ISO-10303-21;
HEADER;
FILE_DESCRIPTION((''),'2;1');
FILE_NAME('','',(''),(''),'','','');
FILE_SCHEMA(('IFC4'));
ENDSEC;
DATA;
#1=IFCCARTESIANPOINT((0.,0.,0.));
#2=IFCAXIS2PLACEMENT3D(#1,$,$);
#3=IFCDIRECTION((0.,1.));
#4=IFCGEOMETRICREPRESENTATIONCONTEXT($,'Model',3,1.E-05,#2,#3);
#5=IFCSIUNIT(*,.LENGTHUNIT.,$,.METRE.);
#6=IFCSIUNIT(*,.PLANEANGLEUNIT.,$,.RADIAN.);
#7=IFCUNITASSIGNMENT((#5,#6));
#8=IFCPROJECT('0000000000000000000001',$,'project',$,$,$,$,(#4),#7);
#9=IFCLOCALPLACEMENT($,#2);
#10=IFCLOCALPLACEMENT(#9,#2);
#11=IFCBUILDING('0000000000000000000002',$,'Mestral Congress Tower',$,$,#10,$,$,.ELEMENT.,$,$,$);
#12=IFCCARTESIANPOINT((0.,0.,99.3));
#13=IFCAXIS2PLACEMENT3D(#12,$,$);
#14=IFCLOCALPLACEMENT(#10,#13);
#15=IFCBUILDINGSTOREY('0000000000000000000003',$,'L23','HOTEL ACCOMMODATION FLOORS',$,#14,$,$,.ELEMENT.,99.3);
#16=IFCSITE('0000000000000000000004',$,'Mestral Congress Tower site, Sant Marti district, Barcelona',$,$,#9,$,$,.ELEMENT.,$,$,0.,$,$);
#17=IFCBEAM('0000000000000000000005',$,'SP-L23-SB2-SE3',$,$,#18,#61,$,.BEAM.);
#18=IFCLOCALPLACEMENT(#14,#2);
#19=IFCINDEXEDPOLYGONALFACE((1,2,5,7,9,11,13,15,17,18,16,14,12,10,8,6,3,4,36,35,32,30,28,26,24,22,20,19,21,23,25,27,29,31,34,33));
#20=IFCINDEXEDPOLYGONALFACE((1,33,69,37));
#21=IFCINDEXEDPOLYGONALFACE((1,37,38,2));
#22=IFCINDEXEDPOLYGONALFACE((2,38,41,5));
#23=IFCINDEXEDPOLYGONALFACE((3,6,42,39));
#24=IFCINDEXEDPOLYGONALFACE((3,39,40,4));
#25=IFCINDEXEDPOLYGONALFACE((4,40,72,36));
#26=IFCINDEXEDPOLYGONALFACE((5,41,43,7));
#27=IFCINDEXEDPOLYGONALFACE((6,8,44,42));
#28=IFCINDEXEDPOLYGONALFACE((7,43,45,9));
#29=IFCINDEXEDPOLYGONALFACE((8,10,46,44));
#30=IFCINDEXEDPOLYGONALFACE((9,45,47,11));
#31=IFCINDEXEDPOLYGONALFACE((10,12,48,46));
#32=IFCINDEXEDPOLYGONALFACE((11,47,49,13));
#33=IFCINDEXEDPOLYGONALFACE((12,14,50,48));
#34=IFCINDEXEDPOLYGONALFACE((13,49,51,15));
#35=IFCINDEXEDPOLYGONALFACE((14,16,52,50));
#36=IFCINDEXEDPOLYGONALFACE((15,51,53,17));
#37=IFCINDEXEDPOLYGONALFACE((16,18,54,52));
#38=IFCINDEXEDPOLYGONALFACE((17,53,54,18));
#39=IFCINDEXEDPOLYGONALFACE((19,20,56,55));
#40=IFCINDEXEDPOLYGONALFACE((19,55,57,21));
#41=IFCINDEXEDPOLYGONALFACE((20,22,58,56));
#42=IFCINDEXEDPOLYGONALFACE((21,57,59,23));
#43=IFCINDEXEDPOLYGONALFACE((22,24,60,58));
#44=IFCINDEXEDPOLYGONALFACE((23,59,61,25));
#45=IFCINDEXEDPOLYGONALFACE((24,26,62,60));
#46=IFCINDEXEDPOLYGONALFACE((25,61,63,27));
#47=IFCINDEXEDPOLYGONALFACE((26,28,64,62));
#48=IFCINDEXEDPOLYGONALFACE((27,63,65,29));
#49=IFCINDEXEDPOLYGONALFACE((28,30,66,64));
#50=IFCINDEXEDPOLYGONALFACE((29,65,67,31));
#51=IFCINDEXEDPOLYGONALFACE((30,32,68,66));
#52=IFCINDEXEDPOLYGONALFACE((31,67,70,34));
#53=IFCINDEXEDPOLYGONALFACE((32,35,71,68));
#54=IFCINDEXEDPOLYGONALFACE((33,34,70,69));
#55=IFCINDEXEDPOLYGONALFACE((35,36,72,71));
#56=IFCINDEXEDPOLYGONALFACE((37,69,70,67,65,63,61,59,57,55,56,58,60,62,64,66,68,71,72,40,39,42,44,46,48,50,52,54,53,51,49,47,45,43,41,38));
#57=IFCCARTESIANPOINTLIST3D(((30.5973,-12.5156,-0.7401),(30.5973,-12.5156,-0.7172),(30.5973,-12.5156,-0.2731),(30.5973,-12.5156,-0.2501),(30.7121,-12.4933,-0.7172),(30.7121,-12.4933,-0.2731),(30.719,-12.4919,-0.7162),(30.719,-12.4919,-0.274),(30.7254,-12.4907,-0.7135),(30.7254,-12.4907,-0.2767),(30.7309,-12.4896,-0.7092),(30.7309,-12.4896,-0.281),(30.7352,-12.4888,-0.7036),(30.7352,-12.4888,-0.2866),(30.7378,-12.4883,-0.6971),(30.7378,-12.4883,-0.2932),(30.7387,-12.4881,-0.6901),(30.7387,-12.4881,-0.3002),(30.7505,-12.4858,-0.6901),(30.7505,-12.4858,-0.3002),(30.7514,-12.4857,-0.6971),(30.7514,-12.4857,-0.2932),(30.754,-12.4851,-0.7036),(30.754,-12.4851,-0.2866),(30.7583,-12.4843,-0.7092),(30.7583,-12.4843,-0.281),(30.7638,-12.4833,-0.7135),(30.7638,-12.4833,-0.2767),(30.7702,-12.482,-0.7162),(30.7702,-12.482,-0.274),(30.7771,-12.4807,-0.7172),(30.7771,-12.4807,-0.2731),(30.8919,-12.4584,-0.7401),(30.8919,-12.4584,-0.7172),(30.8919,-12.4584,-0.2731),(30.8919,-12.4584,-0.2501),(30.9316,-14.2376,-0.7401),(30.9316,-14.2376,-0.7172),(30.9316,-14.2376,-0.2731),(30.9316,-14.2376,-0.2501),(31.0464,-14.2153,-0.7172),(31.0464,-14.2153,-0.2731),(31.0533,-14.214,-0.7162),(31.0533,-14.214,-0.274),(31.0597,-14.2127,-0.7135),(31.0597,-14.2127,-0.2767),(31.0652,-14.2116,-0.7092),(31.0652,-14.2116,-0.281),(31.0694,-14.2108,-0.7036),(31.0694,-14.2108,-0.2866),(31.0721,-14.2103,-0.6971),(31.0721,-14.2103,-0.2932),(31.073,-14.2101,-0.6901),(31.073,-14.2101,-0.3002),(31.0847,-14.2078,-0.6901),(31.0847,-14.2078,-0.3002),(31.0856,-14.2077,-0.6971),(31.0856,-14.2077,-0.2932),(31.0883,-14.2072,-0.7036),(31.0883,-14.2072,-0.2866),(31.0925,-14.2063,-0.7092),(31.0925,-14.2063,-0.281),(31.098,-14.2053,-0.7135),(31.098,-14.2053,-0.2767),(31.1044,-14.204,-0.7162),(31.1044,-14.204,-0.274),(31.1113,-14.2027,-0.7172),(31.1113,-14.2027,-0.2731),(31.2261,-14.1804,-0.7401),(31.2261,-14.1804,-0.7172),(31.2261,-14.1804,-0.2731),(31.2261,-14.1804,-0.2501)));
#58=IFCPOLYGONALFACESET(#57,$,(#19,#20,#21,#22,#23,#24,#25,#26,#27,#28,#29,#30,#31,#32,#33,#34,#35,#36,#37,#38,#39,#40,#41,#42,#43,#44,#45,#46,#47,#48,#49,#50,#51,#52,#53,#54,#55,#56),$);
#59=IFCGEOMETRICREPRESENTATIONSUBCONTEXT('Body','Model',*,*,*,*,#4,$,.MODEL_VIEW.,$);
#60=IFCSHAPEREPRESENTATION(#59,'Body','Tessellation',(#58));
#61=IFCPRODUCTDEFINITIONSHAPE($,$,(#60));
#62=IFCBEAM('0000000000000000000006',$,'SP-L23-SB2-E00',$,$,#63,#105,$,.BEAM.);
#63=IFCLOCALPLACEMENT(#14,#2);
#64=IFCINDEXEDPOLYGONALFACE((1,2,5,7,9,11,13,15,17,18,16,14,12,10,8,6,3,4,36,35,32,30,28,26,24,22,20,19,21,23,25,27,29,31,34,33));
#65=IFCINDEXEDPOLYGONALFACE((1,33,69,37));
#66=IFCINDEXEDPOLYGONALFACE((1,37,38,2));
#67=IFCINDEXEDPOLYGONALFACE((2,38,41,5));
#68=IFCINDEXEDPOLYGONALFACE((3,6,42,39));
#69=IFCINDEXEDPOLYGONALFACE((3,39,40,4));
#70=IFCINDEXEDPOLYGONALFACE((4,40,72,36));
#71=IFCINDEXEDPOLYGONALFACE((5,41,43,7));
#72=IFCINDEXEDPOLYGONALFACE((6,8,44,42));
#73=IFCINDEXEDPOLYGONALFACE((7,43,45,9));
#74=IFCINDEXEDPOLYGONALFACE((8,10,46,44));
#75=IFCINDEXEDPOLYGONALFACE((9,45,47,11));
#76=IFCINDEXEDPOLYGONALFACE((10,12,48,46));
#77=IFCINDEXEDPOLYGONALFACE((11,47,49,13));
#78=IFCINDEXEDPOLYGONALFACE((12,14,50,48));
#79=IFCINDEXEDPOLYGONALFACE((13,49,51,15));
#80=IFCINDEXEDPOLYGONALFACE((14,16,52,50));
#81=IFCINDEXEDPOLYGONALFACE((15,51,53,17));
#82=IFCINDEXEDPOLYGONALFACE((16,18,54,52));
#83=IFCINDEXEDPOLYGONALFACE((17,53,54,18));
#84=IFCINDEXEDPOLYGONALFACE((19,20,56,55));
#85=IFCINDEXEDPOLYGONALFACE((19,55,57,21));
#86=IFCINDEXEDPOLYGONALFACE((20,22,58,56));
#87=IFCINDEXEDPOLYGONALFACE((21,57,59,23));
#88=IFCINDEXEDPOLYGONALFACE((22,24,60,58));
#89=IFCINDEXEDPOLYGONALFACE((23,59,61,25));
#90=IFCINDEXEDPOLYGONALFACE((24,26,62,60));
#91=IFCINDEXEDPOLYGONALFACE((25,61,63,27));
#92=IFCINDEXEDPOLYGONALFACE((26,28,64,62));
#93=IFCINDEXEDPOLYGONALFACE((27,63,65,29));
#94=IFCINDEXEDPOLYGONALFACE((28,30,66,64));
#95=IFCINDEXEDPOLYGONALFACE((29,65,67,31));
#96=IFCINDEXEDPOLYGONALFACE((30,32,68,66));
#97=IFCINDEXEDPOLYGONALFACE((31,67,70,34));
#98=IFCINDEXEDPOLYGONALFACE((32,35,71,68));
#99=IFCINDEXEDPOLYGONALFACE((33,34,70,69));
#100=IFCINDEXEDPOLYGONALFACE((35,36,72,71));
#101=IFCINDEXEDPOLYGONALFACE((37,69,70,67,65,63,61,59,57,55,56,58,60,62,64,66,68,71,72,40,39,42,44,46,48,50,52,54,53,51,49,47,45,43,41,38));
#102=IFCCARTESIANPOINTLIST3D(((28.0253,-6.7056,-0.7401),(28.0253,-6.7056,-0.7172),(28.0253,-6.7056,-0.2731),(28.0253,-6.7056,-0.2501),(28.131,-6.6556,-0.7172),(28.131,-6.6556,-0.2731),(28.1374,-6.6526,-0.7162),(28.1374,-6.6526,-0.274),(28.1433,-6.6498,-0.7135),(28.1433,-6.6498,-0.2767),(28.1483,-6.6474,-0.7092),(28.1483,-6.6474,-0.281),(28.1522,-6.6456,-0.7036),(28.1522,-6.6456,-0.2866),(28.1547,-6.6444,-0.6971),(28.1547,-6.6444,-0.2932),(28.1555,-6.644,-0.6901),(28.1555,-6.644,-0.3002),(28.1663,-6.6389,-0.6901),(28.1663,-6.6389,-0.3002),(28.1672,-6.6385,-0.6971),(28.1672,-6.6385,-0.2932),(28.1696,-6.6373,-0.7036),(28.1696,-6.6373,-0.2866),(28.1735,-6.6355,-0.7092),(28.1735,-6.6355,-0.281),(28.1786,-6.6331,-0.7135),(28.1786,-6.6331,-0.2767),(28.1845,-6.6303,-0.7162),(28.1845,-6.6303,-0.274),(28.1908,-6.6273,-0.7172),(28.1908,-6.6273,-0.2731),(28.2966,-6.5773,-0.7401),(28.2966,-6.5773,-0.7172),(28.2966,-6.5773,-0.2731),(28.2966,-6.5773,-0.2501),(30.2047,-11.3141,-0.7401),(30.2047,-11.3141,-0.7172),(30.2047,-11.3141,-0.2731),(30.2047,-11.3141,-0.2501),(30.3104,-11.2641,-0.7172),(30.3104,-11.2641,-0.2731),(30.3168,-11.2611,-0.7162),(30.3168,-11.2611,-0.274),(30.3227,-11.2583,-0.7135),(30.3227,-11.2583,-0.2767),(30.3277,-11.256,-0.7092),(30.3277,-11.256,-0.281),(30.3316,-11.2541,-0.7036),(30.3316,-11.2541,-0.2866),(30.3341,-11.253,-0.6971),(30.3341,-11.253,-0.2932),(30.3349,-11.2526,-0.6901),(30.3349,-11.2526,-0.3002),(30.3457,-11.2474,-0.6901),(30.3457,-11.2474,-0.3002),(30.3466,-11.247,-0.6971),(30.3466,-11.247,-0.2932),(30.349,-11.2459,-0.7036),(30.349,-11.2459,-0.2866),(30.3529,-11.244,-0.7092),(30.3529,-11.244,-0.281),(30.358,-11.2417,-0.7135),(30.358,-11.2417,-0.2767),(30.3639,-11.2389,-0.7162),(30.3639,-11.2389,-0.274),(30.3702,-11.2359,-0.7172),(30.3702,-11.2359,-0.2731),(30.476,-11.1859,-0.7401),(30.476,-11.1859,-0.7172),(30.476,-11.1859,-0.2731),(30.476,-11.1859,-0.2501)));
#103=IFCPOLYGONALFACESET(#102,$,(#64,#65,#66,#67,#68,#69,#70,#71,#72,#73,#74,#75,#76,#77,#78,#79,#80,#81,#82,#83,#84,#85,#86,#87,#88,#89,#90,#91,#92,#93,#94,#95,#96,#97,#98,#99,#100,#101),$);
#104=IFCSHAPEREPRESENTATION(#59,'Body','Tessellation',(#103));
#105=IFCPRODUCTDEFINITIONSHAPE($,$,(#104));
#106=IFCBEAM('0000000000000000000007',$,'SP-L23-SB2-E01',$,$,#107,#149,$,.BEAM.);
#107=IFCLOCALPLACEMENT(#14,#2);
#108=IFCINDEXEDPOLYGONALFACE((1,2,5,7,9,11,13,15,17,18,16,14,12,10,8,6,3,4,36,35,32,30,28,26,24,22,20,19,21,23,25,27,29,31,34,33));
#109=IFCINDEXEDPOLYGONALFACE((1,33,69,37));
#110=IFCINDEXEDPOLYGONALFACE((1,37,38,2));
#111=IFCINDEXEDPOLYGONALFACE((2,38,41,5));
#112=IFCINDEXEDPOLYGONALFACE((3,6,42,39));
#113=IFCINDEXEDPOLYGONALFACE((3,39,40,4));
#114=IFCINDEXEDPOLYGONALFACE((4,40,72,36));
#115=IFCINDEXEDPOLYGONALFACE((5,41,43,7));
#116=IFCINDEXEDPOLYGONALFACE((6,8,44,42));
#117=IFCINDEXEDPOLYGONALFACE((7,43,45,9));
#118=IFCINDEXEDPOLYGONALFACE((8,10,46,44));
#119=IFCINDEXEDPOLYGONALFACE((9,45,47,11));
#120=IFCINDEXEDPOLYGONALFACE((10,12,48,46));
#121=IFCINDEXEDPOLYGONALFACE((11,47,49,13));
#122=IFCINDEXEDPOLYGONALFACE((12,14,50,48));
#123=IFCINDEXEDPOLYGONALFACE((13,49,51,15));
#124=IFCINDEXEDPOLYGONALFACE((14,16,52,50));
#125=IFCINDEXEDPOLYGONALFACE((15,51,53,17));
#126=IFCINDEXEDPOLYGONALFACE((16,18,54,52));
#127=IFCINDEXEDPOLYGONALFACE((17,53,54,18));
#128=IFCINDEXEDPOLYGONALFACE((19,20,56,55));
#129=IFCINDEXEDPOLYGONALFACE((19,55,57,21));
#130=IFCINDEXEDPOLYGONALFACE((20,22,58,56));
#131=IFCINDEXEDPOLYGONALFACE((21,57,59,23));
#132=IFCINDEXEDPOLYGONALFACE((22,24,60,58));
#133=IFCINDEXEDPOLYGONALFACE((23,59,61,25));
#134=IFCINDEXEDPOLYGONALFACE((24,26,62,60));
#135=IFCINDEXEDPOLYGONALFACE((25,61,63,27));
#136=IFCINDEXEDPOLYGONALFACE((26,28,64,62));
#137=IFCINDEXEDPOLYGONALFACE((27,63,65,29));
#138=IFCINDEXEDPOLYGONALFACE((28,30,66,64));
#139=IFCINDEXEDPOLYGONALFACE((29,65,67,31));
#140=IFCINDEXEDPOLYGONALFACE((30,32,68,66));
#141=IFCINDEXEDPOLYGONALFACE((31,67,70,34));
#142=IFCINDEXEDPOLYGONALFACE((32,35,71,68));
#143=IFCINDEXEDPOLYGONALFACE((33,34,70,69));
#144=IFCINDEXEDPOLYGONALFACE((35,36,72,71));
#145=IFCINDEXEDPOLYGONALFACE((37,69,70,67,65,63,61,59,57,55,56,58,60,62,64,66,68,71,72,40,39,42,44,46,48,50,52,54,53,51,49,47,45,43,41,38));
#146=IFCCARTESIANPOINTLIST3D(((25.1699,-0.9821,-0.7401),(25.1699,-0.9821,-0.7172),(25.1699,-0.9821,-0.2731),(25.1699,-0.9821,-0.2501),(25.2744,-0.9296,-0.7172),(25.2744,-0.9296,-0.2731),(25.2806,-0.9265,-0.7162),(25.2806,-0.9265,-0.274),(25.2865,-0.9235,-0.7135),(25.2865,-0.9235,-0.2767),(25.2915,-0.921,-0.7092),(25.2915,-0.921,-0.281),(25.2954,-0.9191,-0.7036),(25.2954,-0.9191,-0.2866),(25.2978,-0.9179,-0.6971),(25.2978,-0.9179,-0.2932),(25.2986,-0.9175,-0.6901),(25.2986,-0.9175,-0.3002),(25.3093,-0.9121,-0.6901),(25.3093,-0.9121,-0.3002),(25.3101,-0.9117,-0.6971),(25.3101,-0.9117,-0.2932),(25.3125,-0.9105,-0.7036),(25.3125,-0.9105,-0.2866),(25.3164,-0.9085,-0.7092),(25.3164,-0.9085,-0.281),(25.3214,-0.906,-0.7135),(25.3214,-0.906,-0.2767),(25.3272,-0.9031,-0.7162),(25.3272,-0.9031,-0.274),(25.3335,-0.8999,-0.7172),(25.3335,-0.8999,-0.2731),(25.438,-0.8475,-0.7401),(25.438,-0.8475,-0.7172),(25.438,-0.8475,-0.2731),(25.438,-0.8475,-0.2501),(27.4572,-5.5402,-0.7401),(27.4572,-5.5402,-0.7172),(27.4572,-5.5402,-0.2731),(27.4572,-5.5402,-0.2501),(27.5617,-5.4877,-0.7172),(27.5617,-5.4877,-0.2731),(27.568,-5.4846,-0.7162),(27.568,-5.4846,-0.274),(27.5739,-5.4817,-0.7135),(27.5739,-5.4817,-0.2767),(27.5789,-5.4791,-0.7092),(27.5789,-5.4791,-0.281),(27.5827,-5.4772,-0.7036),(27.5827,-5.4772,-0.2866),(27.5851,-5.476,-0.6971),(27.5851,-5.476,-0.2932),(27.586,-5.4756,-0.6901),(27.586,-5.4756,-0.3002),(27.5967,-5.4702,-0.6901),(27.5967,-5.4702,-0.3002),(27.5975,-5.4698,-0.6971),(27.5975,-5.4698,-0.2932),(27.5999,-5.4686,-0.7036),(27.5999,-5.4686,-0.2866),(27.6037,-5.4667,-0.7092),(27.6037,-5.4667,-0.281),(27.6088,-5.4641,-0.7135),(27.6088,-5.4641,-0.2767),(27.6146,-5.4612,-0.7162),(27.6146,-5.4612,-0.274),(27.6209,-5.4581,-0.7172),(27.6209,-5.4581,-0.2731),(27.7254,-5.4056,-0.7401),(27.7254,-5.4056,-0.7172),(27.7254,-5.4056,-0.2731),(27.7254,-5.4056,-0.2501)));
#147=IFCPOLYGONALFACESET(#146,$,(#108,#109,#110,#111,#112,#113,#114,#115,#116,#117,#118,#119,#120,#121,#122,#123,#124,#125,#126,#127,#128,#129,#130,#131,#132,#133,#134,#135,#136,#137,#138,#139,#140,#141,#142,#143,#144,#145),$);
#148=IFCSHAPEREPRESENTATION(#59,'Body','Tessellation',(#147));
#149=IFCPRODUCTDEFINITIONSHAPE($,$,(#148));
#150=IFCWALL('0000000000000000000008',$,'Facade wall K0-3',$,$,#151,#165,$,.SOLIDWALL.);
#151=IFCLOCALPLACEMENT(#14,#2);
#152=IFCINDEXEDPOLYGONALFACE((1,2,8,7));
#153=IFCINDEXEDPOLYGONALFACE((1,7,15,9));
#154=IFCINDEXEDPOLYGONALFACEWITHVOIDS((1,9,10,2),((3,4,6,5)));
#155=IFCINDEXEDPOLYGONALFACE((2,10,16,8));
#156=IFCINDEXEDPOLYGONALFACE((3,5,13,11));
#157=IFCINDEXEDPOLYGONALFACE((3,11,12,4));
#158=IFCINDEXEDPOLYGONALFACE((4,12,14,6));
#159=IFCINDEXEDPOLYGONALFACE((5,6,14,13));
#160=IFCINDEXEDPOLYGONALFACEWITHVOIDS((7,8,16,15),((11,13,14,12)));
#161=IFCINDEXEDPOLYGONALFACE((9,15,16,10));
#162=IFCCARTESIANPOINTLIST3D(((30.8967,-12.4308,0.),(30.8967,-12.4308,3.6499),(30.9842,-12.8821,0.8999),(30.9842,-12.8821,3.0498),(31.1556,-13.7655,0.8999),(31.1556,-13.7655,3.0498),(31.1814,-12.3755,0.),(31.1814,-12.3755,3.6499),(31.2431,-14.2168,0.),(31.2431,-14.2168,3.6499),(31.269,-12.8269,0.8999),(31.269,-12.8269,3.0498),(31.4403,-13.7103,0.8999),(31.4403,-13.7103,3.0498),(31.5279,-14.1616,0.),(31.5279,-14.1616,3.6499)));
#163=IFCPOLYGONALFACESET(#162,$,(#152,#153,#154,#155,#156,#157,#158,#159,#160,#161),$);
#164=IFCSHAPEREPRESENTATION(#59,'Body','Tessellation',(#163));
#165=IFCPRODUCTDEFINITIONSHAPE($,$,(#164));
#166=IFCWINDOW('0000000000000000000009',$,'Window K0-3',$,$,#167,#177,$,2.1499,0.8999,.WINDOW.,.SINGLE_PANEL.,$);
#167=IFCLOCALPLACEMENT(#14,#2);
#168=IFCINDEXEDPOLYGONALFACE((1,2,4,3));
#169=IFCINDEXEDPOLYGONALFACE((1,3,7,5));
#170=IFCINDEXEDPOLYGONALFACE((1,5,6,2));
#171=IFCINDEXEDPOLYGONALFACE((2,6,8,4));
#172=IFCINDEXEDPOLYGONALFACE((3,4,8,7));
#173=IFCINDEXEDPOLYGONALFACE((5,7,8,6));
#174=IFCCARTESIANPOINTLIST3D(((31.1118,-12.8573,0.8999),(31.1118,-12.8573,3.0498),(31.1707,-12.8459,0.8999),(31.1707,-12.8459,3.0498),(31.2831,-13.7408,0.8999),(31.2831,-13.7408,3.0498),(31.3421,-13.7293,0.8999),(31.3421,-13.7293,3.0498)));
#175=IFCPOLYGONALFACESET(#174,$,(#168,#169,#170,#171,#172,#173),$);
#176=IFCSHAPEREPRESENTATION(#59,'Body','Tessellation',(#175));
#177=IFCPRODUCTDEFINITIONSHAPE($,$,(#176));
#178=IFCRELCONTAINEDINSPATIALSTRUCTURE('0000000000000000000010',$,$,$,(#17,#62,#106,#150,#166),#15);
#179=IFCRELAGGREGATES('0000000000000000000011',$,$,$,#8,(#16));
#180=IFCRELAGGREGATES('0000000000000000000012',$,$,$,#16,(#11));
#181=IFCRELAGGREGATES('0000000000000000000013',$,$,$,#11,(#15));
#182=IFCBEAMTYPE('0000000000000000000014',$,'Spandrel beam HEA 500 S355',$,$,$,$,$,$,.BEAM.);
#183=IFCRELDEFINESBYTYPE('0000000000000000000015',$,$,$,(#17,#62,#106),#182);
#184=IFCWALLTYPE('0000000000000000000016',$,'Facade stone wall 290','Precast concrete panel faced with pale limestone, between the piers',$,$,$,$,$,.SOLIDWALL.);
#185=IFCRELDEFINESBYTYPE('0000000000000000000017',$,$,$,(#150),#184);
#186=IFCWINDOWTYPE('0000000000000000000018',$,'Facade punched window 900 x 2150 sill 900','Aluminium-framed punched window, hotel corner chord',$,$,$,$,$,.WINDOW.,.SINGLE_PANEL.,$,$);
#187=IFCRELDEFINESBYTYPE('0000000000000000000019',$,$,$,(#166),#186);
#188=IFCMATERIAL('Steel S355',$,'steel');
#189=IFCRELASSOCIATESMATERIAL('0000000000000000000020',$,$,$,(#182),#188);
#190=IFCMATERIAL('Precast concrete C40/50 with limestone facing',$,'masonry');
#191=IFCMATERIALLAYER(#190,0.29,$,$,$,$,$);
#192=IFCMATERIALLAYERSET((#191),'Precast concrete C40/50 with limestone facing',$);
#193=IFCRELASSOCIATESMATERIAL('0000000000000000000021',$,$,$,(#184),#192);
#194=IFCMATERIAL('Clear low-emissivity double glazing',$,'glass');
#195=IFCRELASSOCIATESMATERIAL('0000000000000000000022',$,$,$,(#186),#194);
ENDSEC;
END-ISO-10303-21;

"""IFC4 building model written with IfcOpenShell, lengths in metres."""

from ifc_helpers import new_model, si_unit, direction, frame, frame_2d, origin, origin_2d, place, context, subcontext, project, spatial, rectangle, i_section, extrude, material, layer, layer_set, material_profile, profile_set, type_object, element, fill, save


model = new_model("IFC4")

# Units and contexts
model_context = context("Model", 3, precision=1e-05, world=origin(), true_north=direction((0.0, 1.0)))
body_context = subcontext(model_context, "Body", "Model", "MODEL_VIEW")
ifc_project = project(units=[si_unit("LENGTHUNIT", "METRE"), si_unit("PLANEANGLEUNIT", "RADIAN")], contexts=[model_context])

# Site, building, storey
site_placement = place(None, origin())
site = spatial("IfcSite", under=ifc_project, at=site_placement, Name="Mestral Congress Tower site, Sant Marti district, Barcelona", CompositionType="ELEMENT", RefElevation=0.0)
building_placement = place(site_placement, origin())
building = spatial("IfcBuilding", under=site, at=building_placement, Name="Mestral Congress Tower", CompositionType="ELEMENT")
storey_placement = place(building_placement, frame((0.0, 0.0, 99.3)))
storey = spatial("IfcBuildingStorey", under=building, at=storey_placement, Name="L23", Description="HOTEL ACCOMMODATION FLOORS", CompositionType="ELEMENT", Elevation=99.3)

# Beams
ifc_material_1 = material(Name="Steel S355", Category="steel")
ifc_material_profile_1 = material_profile(ifc_material_1, i_section(OverallWidth=0.3, OverallDepth=0.49, WebThickness=0.012, FlangeThickness=0.0229, FilletRadius=0.0271, at=origin_2d()), Name="HEA 500")
ifc_profile_set_1 = profile_set([ifc_material_profile_1], Name="Steel S355")
beam_type_1 = type_object("IfcBeamType", Name="Spandrel beam HEA 500 S355", PredefinedType="BEAM", material=ifc_profile_set_1)
beam_1_placement = place(storey_placement, frame((31.0789, -14.209, -0.4951), z_axis=(-0.190546, 0.981678, 0.0), x_axis=(-0.981678, -0.190546, 0.0)))
element("IfcBeam", 1, at=beam_1_placement, inside=storey, type_object=beam_type_1, Name="SP-L23-SB2-SE3", PredefinedType="BEAM", context=body_context, shape_type="SweptSolid", body=[
    extrude(i_section(OverallWidth=0.3, OverallDepth=0.49, WebThickness=0.012, FlangeThickness=0.0229, FilletRadius=0.0271, at=origin_2d()), origin(), (0.0, 0.0, 1.0), 1.7542),
])
beam_2_placement = place(storey_placement, frame((30.3403, -11.25, -0.4951), z_axis=(-0.42751, 0.904011, 0.0), x_axis=(-0.904011, -0.42751, 0.0)))
element("IfcBeam", 2, at=beam_2_placement, inside=storey, type_object=beam_type_1, Name="SP-L23-SB2-E00", PredefinedType="BEAM", context=body_context, shape_type="SweptSolid", body=[
    extrude(i_section(OverallWidth=0.3, OverallDepth=0.49, WebThickness=0.012, FlangeThickness=0.0229, FilletRadius=0.0271, at=origin_2d()), origin(), (0.0, 0.0, 1.0), 5.0979),
])
beam_3_placement = place(storey_placement, frame((27.5913, -5.4729, -0.4951), z_axis=(-0.448515, 0.893775, 0.0), x_axis=(-0.893775, -0.448515, 0.0)))
element("IfcBeam", 3, at=beam_3_placement, inside=storey, type_object=beam_type_1, Name="SP-L23-SB2-E01", PredefinedType="BEAM", context=body_context, shape_type="SweptSolid", body=[
    extrude(i_section(OverallWidth=0.3, OverallDepth=0.49, WebThickness=0.012, FlangeThickness=0.0229, FilletRadius=0.0271, at=origin_2d()), origin(), (0.0, 0.0, 1.0), 5.0999),
])

# Wall, opening, window
ifc_material_2 = material(Name="Precast concrete C40/50 with limestone facing", Category="masonry")
ifc_layer_1 = layer(ifc_material_2, 0.29)
ifc_layer_set_1 = layer_set([ifc_layer_1], Name="Precast concrete C40/50 with limestone facing")
wall_type_1 = type_object("IfcWallType", Name="Facade stone wall 290", Description="Precast concrete panel faced with pale limestone, between the piers", PredefinedType="SOLIDWALL", material=ifc_layer_set_1)
wall_1_placement = place(storey_placement, frame((31.3855, -14.1892, 0.0), z_axis=(0.0, 0.0, 1.0), x_axis=(-0.19041, 0.981705, 0.0)))
wall_1 = element("IfcWall", 4, at=wall_1_placement, inside=storey, type_object=wall_type_1, Name="Facade wall K0-3", PredefinedType="SOLIDWALL", context=body_context, shape_type="SweptSolid", body=[
    extrude(rectangle(XDim=1.8193, YDim=0.29, at=frame_2d((0.9097, 0.0))), origin(), (0.0, 0.0, 1.0), 3.6499),
])
opening_1_placement = place(wall_1_placement, frame((0.4597, 0.0, 0.8999)))
opening_1 = element("IfcOpeningElement", 5, at=opening_1_placement, cuts=wall_1, PredefinedType="OPENING", context=body_context, shape_type="SweptSolid", body=[
    extrude(rectangle(XDim=0.8999, YDim=2.1499, at=frame_2d((0.45, 1.075))), frame((0.0, 0.155, 0.0), z_axis=(0.0, -1.0, 0.0), x_axis=(1.0, 0.0, 0.0)), (0.0, 0.0, 1.0), 0.3101),
])
ifc_material_3 = material(Name="Clear low-emissivity double glazing", Category="glass")
window_type_1 = type_object("IfcWindowType", Name="Facade punched window 900 x 2150 sill 900", Description="Aluminium-framed punched window, hotel corner chord", PartitioningType="SINGLE_PANEL", PredefinedType="WINDOW", material=ifc_material_3)
window_1_placement = place(opening_1_placement, origin())
window_1 = element("IfcWindow", 6, at=window_1_placement, inside=storey, type_object=window_type_1, Name="Window K0-3", OverallHeight=2.1499, OverallWidth=0.8999, PartitioningType="SINGLE_PANEL", PredefinedType="WINDOW", context=body_context, shape_type="SweptSolid", body=[
    extrude(rectangle(XDim=0.8999, YDim=2.1499, at=frame_2d((0.45, 1.075))), frame((0.0, 0.0151, 0.0), z_axis=(0.0, -1.0, 0.0), x_axis=(1.0, 0.0, 0.0)), (0.0, 0.0, 1.0), 0.0601),
])
fill(opening_1, window_1)

save(model, "model.ifc")
